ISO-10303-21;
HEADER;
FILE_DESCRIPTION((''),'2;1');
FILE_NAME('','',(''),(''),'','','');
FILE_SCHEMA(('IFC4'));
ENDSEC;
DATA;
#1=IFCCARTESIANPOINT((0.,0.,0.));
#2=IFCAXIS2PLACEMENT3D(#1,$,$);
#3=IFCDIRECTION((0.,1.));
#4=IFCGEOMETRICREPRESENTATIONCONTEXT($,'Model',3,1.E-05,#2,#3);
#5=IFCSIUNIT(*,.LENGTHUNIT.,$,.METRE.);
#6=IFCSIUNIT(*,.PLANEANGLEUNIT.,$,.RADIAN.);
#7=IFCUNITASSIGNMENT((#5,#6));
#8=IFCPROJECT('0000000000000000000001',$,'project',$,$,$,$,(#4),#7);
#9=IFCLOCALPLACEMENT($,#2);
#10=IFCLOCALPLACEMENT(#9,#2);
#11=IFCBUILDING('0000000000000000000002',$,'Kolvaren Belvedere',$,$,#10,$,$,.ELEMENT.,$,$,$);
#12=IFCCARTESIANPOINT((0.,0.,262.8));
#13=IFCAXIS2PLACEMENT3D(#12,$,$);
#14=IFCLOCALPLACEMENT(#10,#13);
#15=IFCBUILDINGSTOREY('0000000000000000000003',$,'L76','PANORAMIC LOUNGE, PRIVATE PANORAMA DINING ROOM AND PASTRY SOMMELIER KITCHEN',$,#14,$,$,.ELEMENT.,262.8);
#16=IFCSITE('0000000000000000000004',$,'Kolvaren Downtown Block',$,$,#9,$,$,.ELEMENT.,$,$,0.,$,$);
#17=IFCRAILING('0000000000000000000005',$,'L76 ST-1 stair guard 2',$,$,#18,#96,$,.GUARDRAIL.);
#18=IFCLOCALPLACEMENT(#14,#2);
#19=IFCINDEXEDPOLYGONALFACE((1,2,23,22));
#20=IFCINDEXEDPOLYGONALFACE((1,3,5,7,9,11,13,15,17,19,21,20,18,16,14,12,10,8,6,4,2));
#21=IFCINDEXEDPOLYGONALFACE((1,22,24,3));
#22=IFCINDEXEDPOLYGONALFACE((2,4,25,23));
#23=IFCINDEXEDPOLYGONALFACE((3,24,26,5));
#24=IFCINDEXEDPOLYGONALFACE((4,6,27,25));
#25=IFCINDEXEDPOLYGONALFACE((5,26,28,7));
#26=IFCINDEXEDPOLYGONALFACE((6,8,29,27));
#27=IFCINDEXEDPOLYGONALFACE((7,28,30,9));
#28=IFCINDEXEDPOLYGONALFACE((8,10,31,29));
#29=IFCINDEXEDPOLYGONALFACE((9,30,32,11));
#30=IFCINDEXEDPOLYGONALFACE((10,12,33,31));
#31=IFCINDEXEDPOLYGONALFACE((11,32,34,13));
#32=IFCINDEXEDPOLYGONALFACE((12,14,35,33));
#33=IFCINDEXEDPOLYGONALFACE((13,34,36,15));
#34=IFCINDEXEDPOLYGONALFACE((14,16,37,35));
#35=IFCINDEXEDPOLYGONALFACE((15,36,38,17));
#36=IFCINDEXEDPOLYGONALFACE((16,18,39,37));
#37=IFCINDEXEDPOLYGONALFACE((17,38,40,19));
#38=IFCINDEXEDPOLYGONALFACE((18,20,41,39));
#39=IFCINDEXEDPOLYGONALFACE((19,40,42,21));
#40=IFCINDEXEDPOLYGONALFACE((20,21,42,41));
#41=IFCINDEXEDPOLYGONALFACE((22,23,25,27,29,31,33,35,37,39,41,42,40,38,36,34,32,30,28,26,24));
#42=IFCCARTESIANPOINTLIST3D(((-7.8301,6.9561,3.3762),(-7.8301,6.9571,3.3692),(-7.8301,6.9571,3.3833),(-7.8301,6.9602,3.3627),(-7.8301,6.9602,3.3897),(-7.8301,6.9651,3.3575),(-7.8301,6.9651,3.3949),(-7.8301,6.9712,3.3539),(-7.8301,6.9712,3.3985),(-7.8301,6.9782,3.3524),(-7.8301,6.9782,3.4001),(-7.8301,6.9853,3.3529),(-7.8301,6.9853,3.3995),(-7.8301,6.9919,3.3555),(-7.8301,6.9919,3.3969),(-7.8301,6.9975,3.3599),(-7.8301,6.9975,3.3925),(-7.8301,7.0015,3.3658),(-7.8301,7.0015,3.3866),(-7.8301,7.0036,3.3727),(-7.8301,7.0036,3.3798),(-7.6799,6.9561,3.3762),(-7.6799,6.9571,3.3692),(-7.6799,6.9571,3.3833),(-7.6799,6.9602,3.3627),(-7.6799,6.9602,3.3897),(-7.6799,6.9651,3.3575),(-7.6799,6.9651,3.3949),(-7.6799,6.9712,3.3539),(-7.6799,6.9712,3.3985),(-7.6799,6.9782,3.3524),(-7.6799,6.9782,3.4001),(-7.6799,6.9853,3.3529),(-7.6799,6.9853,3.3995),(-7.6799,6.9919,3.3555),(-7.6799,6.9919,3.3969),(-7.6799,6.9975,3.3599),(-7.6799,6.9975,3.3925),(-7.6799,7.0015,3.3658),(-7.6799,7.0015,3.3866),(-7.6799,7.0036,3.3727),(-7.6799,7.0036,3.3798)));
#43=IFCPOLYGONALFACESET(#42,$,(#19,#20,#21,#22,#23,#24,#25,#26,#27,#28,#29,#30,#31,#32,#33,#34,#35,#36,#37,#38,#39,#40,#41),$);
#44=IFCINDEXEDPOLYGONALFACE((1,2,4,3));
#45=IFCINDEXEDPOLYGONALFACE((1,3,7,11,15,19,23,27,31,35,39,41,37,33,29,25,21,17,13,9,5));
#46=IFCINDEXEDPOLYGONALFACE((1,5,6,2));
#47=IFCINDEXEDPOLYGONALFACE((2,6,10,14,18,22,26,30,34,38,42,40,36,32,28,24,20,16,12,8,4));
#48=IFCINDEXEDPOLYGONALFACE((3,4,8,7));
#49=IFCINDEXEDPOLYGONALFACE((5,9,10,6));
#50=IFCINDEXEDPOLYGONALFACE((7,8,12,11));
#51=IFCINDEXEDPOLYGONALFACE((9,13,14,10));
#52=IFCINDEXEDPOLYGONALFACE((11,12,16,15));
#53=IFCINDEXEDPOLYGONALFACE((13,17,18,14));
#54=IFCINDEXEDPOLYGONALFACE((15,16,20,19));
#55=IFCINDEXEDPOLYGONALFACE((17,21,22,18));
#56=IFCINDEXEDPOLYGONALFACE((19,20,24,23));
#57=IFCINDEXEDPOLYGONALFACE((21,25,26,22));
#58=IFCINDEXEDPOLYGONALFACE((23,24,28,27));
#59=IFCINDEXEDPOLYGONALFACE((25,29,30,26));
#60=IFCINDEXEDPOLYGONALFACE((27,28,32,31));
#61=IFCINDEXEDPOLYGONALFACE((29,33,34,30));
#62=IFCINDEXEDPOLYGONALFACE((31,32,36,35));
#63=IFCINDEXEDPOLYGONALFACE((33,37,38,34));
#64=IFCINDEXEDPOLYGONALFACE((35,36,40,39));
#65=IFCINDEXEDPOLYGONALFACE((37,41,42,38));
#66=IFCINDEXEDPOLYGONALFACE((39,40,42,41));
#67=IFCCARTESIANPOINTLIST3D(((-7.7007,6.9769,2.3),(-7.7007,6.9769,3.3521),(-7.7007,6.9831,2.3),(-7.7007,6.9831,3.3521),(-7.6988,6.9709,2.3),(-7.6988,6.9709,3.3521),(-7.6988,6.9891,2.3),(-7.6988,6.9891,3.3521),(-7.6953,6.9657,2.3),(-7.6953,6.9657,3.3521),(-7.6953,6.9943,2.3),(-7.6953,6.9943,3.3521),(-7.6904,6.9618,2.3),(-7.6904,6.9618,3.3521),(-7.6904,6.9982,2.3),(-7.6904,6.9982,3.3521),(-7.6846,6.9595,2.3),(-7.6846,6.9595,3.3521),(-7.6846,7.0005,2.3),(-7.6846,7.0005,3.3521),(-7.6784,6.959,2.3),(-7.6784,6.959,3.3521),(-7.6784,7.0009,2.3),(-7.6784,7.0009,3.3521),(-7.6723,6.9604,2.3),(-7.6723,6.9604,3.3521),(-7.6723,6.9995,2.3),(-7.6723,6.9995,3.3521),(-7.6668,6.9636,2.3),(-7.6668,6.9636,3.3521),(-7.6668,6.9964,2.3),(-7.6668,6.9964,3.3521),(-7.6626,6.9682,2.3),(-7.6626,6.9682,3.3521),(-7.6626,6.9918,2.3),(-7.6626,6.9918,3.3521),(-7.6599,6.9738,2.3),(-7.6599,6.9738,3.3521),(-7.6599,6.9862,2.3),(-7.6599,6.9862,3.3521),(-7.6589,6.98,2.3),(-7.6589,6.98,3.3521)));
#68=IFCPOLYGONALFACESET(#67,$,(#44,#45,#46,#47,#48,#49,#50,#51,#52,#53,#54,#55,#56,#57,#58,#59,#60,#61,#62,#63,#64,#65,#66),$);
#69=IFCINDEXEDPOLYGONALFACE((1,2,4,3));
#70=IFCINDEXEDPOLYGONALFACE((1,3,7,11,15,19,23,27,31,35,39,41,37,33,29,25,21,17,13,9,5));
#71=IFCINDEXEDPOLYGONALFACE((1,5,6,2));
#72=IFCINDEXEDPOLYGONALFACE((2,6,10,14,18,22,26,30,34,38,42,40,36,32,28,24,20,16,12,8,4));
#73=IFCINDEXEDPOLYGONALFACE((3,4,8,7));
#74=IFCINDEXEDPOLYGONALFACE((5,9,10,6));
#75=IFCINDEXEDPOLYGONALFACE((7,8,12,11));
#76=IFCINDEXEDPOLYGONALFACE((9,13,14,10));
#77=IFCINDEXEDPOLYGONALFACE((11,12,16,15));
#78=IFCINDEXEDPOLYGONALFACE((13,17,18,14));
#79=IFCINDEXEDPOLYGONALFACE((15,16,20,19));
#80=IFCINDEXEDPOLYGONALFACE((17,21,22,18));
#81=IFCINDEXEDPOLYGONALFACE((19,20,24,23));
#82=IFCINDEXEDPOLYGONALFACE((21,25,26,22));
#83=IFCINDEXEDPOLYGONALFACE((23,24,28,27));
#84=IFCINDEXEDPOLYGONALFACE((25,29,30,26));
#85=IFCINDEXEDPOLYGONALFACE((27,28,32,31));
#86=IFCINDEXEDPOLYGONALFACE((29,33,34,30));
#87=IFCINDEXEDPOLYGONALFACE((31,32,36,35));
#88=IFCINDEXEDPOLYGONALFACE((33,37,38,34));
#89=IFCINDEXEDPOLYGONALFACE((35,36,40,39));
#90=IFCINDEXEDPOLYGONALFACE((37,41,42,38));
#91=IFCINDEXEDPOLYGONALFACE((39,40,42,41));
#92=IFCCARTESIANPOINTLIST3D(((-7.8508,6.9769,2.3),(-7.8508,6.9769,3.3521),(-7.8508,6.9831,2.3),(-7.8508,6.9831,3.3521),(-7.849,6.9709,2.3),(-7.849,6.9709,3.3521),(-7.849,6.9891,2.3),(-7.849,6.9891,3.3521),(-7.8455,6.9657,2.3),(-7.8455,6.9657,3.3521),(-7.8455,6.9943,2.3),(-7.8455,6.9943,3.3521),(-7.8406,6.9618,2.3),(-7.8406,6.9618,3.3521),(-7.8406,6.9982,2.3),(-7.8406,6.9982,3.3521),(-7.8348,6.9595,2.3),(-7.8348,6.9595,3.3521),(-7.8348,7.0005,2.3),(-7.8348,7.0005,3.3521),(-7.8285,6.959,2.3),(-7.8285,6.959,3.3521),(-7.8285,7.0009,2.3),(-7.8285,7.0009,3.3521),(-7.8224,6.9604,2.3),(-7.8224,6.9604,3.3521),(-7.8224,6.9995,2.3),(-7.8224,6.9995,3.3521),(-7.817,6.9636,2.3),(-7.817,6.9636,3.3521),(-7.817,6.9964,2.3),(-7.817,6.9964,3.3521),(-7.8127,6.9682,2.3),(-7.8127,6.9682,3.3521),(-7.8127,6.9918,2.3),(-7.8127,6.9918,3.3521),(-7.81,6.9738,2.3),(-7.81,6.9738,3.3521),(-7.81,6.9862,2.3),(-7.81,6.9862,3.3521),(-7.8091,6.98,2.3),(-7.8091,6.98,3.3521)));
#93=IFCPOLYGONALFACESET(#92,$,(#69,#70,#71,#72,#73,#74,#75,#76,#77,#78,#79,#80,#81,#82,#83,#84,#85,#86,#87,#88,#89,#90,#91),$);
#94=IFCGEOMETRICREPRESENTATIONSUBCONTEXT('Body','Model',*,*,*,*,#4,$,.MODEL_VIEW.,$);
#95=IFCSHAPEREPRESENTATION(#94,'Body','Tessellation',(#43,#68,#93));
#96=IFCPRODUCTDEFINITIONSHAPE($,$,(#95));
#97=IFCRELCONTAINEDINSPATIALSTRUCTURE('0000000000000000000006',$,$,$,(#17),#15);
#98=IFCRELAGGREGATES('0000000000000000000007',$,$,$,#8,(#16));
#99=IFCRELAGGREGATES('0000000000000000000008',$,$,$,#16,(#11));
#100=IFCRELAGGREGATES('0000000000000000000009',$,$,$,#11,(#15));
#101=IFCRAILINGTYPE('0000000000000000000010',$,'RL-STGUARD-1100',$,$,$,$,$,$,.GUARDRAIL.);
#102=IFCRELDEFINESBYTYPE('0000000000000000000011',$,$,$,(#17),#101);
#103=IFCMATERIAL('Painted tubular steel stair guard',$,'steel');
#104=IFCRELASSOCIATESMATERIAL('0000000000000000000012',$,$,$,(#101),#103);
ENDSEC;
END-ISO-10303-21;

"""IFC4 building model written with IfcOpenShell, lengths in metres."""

from ifc_helpers import new_model, si_unit, direction, frame, origin, origin_2d, place, context, subcontext, project, spatial, circle, extrude, material, type_object, element, save


model = new_model("IFC4")

# Units and contexts
model_context = context("Model", 3, precision=1e-05, world=origin(), true_north=direction((0.0, 1.0)))
body_context = subcontext(model_context, "Body", "Model", "MODEL_VIEW")
ifc_project = project(units=[si_unit("LENGTHUNIT", "METRE"), si_unit("PLANEANGLEUNIT", "RADIAN")], contexts=[model_context])

# Site, building, storey
site_placement = place(None, origin())
site = spatial("IfcSite", under=ifc_project, at=site_placement, Name="Kolvaren Downtown Block", CompositionType="ELEMENT", RefElevation=0.0)
building_placement = place(site_placement, origin())
building = spatial("IfcBuilding", under=site, at=building_placement, Name="Kolvaren Belvedere", CompositionType="ELEMENT")
storey_placement = place(building_placement, frame((0.0, 0.0, 262.8)))
storey = spatial("IfcBuildingStorey", under=building, at=storey_placement, Name="L76", Description="PANORAMIC LOUNGE, PRIVATE PANORAMA DINING ROOM AND PASTRY SOMMELIER KITCHEN", CompositionType="ELEMENT", Elevation=262.8)

# Railing
ifc_material_1 = material(Name="Painted tubular steel stair guard", Category="steel")
railing_type_1 = type_object("IfcRailingType", Name="RL-STGUARD-1100", PredefinedType="GUARDRAIL", material=ifc_material_1)
railing_1_placement = place(storey_placement, frame((-7.6799, 6.98, 2.3)))
element("IfcRailing", 1, at=railing_1_placement, inside=storey, type_object=railing_type_1, Name="L76 ST-1 stair guard 2", PredefinedType="GUARDRAIL", context=body_context, shape_type="SweptSolid", body=[
    extrude(circle(Radius=0.0239, at=origin_2d()), frame((0.0, 0.0, 1.0762), z_axis=(-1.0, 0.0, 0.0), x_axis=(0.0, -1.0, 0.0)), (0.0, 0.0, 1.0), 0.1501),
    extrude(circle(Radius=0.021, at=origin_2d()), origin(), (0.0, 0.0, 1.0), 1.052),
    extrude(circle(Radius=0.021, at=origin_2d()), frame((-0.1501, 0.0, 0.0)), (0.0, 0.0, 1.0), 1.052),
])

save(model, "model.ifc")
